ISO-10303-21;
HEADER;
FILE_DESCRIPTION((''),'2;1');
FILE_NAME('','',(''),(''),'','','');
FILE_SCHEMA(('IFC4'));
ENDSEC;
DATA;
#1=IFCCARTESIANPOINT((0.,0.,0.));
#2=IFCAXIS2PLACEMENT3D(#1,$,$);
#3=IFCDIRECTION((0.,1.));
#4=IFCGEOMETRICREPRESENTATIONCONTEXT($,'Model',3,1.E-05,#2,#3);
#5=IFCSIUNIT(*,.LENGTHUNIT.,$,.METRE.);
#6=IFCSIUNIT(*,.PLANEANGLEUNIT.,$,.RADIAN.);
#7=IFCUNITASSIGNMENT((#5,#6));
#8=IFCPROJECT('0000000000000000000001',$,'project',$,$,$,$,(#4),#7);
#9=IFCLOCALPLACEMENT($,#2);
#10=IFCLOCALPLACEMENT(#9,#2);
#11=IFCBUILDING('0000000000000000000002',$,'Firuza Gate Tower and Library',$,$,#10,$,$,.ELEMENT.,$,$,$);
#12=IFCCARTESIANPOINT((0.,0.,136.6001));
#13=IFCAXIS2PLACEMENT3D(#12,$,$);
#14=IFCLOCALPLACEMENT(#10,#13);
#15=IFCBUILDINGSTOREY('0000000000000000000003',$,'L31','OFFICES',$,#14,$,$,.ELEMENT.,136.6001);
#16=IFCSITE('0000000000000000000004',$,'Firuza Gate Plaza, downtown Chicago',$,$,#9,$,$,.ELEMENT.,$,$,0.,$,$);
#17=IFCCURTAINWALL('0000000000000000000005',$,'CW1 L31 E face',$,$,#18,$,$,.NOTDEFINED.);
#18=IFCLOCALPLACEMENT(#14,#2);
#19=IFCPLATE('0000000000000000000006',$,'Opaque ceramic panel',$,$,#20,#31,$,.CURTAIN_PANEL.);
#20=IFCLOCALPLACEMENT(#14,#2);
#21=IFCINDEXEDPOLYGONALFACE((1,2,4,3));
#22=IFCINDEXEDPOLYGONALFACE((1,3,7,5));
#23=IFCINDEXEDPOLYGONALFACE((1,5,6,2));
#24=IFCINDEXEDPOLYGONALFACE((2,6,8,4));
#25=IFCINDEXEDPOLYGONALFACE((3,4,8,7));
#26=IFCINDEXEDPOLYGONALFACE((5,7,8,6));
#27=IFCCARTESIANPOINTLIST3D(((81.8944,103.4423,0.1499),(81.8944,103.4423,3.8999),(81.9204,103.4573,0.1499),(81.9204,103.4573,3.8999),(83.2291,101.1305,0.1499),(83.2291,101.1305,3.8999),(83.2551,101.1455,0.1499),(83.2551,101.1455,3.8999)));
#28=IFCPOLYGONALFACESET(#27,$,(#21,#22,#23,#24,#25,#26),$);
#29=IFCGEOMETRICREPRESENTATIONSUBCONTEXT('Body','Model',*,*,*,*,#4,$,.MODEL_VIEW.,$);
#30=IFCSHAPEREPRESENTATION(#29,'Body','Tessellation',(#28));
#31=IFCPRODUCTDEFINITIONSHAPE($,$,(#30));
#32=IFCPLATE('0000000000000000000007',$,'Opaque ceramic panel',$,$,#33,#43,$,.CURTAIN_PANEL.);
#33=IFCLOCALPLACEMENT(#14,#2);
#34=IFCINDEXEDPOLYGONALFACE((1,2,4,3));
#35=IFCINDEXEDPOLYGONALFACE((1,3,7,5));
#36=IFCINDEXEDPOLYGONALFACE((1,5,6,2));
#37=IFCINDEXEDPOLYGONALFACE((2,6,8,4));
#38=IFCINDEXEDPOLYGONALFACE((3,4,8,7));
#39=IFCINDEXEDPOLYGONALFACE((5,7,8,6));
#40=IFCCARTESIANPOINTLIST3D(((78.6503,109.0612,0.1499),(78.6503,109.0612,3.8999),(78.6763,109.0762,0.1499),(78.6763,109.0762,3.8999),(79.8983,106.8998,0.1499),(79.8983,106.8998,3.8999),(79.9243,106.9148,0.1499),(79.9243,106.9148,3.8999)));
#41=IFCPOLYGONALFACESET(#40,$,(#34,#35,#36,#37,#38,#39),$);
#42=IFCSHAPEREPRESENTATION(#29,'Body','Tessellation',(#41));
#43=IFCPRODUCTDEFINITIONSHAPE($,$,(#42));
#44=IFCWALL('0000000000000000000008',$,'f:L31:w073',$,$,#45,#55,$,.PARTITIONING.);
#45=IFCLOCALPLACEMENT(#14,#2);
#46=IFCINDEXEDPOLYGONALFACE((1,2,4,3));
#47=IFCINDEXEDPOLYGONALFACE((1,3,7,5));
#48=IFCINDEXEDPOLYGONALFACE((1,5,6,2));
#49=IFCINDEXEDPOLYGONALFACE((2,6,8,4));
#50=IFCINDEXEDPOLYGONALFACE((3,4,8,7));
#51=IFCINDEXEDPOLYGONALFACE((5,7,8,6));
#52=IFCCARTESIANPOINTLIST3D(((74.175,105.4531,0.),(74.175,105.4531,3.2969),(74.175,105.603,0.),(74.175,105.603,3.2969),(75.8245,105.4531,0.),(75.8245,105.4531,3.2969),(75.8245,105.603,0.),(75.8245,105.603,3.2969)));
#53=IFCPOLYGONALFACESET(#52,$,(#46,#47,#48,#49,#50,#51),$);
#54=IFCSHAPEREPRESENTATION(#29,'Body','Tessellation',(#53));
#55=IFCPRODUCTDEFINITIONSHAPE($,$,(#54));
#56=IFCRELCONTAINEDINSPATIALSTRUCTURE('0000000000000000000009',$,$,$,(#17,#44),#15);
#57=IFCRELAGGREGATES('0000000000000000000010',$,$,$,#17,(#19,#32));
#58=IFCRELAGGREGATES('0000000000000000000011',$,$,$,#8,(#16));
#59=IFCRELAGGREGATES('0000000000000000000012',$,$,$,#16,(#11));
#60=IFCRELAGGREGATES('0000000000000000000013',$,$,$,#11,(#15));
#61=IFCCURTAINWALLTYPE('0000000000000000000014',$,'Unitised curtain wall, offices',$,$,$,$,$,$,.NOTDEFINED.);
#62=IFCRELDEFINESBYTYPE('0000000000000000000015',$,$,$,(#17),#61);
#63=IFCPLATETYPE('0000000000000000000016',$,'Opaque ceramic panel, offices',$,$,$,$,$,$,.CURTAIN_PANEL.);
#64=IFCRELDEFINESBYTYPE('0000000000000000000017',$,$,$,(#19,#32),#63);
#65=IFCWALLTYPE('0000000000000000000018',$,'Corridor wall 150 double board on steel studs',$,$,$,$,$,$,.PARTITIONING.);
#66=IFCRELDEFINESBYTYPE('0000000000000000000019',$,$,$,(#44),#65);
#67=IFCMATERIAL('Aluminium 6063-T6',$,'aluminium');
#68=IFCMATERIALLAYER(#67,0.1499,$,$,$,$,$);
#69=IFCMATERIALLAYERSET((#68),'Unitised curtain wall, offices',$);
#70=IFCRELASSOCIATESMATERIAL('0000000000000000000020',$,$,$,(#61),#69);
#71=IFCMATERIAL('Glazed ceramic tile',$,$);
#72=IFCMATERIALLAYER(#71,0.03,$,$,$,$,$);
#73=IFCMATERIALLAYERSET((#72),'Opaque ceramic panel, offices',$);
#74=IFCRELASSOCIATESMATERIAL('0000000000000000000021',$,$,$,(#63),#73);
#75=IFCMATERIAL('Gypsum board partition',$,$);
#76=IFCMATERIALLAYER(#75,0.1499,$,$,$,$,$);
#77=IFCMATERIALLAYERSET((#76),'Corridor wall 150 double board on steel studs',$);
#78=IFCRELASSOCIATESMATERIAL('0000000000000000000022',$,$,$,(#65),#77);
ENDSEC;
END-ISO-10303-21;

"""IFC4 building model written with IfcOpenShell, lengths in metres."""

from ifc_helpers import new_model, si_unit, direction, frame, frame_2d, origin, place, context, subcontext, project, spatial, polyline, rectangle, outline, extrude, material, layer, layer_set, type_object, element, aggregate, save


model = new_model("IFC4")

# Units and contexts
model_context = context("Model", 3, precision=1e-05, world=origin(), true_north=direction((0.0, 1.0)))
body_context = subcontext(model_context, "Body", "Model", "MODEL_VIEW")
ifc_project = project(units=[si_unit("LENGTHUNIT", "METRE"), si_unit("PLANEANGLEUNIT", "RADIAN")], contexts=[model_context])

# Site, building, storey
site_placement = place(None, origin())
site = spatial("IfcSite", under=ifc_project, at=site_placement, Name="Firuza Gate Plaza, downtown Chicago", CompositionType="ELEMENT", RefElevation=0.0)
building_placement = place(site_placement, origin())
building = spatial("IfcBuilding", under=site, at=building_placement, Name="Firuza Gate Tower and Library", CompositionType="ELEMENT")
storey_placement = place(building_placement, frame((0.0, 0.0, 136.6001)))
storey = spatial("IfcBuildingStorey", under=building, at=storey_placement, Name="L31", Description="OFFICES", CompositionType="ELEMENT", Elevation=136.6001)

# Curtain wall
ifc_material_1 = material(Name="Aluminium 6063-T6", Category="aluminium")
ifc_layer_1 = layer(ifc_material_1, 0.1499)
ifc_layer_set_1 = layer_set([ifc_layer_1], Name="Unitised curtain wall, offices")
curtain_wall_type_1 = type_object("IfcCurtainWallType", Name="Unitised curtain wall, offices", PredefinedType="NOTDEFINED", material=ifc_layer_set_1)
placement = place(storey_placement, origin())
curtain_wall_1 = element("IfcCurtainWall", 1, at=placement, inside=storey, type_object=curtain_wall_type_1, Name="CW1 L31 E face", PredefinedType="NOTDEFINED")

# Plates
ifc_material_2 = material(Name="Glazed ceramic tile")
ifc_layer_2 = layer(ifc_material_2, 0.03)
ifc_layer_set_2 = layer_set([ifc_layer_2], Name="Opaque ceramic panel, offices")
plate_type_1 = type_object("IfcPlateType", Name="Opaque ceramic panel, offices", PredefinedType="CURTAIN_PANEL", material=ifc_layer_set_2)
plate_1_placement = place(storey_placement, frame((83.2551, 101.1455, 0.1499), z_axis=(0.866023, 0.500005, 0.0), x_axis=(-0.500005, 0.866023, 0.0)))
plate_1 = element("IfcPlate", 2, at=plate_1_placement, type_object=plate_type_1, Name="Opaque ceramic panel", PredefinedType="CURTAIN_PANEL", context=body_context, shape_type="SweptSolid", body=[
    extrude(outline(polyline([(0.0, 0.0), (2.6694, 0.0), (2.6694, 3.75), (0.0, 3.75), (0.0, 0.0)])), origin(), (0.0, 0.0, -1.0), 0.03),
])
plate_2_placement = place(storey_placement, frame((79.9243, 106.9148, 0.1499), z_axis=(0.865995, 0.500053, 0.0), x_axis=(-0.500053, 0.865995, 0.0)))
plate_2 = element("IfcPlate", 3, at=plate_2_placement, type_object=plate_type_1, Name="Opaque ceramic panel", PredefinedType="CURTAIN_PANEL", context=body_context, shape_type="SweptSolid", body=[
    extrude(outline(polyline([(0.0, 0.0), (2.4958, 0.0), (2.4958, 3.75), (0.0, 3.75), (0.0, 0.0)])), origin(), (0.0, 0.0, -1.0), 0.03),
])
aggregate(curtain_wall_1, [plate_1, plate_2])

# Wall
ifc_material_3 = material(Name="Gypsum board partition")
ifc_layer_3 = layer(ifc_material_3, 0.1499)
ifc_layer_set_3 = layer_set([ifc_layer_3], Name="Corridor wall 150 double board on steel studs")
wall_type = type_object("IfcWallType", Name="Corridor wall 150 double board on steel studs", PredefinedType="PARTITIONING", material=ifc_layer_set_3)
wall_placement = place(storey_placement, frame((74.175, 105.5281, 0.0), z_axis=(0.0, 0.0, 1.0), x_axis=(1.0, 0.0, 0.0)))
element("IfcWall", 4, at=wall_placement, inside=storey, type_object=wall_type, Name="f:L31:w073", PredefinedType="PARTITIONING", context=body_context, shape_type="SweptSolid", body=[
    extrude(rectangle(XDim=1.6494, YDim=0.1499, at=frame_2d((0.8247, 0.0))), origin(), (0.0, 0.0, 1.0), 3.2969),
])

save(model, "model.ifc")
